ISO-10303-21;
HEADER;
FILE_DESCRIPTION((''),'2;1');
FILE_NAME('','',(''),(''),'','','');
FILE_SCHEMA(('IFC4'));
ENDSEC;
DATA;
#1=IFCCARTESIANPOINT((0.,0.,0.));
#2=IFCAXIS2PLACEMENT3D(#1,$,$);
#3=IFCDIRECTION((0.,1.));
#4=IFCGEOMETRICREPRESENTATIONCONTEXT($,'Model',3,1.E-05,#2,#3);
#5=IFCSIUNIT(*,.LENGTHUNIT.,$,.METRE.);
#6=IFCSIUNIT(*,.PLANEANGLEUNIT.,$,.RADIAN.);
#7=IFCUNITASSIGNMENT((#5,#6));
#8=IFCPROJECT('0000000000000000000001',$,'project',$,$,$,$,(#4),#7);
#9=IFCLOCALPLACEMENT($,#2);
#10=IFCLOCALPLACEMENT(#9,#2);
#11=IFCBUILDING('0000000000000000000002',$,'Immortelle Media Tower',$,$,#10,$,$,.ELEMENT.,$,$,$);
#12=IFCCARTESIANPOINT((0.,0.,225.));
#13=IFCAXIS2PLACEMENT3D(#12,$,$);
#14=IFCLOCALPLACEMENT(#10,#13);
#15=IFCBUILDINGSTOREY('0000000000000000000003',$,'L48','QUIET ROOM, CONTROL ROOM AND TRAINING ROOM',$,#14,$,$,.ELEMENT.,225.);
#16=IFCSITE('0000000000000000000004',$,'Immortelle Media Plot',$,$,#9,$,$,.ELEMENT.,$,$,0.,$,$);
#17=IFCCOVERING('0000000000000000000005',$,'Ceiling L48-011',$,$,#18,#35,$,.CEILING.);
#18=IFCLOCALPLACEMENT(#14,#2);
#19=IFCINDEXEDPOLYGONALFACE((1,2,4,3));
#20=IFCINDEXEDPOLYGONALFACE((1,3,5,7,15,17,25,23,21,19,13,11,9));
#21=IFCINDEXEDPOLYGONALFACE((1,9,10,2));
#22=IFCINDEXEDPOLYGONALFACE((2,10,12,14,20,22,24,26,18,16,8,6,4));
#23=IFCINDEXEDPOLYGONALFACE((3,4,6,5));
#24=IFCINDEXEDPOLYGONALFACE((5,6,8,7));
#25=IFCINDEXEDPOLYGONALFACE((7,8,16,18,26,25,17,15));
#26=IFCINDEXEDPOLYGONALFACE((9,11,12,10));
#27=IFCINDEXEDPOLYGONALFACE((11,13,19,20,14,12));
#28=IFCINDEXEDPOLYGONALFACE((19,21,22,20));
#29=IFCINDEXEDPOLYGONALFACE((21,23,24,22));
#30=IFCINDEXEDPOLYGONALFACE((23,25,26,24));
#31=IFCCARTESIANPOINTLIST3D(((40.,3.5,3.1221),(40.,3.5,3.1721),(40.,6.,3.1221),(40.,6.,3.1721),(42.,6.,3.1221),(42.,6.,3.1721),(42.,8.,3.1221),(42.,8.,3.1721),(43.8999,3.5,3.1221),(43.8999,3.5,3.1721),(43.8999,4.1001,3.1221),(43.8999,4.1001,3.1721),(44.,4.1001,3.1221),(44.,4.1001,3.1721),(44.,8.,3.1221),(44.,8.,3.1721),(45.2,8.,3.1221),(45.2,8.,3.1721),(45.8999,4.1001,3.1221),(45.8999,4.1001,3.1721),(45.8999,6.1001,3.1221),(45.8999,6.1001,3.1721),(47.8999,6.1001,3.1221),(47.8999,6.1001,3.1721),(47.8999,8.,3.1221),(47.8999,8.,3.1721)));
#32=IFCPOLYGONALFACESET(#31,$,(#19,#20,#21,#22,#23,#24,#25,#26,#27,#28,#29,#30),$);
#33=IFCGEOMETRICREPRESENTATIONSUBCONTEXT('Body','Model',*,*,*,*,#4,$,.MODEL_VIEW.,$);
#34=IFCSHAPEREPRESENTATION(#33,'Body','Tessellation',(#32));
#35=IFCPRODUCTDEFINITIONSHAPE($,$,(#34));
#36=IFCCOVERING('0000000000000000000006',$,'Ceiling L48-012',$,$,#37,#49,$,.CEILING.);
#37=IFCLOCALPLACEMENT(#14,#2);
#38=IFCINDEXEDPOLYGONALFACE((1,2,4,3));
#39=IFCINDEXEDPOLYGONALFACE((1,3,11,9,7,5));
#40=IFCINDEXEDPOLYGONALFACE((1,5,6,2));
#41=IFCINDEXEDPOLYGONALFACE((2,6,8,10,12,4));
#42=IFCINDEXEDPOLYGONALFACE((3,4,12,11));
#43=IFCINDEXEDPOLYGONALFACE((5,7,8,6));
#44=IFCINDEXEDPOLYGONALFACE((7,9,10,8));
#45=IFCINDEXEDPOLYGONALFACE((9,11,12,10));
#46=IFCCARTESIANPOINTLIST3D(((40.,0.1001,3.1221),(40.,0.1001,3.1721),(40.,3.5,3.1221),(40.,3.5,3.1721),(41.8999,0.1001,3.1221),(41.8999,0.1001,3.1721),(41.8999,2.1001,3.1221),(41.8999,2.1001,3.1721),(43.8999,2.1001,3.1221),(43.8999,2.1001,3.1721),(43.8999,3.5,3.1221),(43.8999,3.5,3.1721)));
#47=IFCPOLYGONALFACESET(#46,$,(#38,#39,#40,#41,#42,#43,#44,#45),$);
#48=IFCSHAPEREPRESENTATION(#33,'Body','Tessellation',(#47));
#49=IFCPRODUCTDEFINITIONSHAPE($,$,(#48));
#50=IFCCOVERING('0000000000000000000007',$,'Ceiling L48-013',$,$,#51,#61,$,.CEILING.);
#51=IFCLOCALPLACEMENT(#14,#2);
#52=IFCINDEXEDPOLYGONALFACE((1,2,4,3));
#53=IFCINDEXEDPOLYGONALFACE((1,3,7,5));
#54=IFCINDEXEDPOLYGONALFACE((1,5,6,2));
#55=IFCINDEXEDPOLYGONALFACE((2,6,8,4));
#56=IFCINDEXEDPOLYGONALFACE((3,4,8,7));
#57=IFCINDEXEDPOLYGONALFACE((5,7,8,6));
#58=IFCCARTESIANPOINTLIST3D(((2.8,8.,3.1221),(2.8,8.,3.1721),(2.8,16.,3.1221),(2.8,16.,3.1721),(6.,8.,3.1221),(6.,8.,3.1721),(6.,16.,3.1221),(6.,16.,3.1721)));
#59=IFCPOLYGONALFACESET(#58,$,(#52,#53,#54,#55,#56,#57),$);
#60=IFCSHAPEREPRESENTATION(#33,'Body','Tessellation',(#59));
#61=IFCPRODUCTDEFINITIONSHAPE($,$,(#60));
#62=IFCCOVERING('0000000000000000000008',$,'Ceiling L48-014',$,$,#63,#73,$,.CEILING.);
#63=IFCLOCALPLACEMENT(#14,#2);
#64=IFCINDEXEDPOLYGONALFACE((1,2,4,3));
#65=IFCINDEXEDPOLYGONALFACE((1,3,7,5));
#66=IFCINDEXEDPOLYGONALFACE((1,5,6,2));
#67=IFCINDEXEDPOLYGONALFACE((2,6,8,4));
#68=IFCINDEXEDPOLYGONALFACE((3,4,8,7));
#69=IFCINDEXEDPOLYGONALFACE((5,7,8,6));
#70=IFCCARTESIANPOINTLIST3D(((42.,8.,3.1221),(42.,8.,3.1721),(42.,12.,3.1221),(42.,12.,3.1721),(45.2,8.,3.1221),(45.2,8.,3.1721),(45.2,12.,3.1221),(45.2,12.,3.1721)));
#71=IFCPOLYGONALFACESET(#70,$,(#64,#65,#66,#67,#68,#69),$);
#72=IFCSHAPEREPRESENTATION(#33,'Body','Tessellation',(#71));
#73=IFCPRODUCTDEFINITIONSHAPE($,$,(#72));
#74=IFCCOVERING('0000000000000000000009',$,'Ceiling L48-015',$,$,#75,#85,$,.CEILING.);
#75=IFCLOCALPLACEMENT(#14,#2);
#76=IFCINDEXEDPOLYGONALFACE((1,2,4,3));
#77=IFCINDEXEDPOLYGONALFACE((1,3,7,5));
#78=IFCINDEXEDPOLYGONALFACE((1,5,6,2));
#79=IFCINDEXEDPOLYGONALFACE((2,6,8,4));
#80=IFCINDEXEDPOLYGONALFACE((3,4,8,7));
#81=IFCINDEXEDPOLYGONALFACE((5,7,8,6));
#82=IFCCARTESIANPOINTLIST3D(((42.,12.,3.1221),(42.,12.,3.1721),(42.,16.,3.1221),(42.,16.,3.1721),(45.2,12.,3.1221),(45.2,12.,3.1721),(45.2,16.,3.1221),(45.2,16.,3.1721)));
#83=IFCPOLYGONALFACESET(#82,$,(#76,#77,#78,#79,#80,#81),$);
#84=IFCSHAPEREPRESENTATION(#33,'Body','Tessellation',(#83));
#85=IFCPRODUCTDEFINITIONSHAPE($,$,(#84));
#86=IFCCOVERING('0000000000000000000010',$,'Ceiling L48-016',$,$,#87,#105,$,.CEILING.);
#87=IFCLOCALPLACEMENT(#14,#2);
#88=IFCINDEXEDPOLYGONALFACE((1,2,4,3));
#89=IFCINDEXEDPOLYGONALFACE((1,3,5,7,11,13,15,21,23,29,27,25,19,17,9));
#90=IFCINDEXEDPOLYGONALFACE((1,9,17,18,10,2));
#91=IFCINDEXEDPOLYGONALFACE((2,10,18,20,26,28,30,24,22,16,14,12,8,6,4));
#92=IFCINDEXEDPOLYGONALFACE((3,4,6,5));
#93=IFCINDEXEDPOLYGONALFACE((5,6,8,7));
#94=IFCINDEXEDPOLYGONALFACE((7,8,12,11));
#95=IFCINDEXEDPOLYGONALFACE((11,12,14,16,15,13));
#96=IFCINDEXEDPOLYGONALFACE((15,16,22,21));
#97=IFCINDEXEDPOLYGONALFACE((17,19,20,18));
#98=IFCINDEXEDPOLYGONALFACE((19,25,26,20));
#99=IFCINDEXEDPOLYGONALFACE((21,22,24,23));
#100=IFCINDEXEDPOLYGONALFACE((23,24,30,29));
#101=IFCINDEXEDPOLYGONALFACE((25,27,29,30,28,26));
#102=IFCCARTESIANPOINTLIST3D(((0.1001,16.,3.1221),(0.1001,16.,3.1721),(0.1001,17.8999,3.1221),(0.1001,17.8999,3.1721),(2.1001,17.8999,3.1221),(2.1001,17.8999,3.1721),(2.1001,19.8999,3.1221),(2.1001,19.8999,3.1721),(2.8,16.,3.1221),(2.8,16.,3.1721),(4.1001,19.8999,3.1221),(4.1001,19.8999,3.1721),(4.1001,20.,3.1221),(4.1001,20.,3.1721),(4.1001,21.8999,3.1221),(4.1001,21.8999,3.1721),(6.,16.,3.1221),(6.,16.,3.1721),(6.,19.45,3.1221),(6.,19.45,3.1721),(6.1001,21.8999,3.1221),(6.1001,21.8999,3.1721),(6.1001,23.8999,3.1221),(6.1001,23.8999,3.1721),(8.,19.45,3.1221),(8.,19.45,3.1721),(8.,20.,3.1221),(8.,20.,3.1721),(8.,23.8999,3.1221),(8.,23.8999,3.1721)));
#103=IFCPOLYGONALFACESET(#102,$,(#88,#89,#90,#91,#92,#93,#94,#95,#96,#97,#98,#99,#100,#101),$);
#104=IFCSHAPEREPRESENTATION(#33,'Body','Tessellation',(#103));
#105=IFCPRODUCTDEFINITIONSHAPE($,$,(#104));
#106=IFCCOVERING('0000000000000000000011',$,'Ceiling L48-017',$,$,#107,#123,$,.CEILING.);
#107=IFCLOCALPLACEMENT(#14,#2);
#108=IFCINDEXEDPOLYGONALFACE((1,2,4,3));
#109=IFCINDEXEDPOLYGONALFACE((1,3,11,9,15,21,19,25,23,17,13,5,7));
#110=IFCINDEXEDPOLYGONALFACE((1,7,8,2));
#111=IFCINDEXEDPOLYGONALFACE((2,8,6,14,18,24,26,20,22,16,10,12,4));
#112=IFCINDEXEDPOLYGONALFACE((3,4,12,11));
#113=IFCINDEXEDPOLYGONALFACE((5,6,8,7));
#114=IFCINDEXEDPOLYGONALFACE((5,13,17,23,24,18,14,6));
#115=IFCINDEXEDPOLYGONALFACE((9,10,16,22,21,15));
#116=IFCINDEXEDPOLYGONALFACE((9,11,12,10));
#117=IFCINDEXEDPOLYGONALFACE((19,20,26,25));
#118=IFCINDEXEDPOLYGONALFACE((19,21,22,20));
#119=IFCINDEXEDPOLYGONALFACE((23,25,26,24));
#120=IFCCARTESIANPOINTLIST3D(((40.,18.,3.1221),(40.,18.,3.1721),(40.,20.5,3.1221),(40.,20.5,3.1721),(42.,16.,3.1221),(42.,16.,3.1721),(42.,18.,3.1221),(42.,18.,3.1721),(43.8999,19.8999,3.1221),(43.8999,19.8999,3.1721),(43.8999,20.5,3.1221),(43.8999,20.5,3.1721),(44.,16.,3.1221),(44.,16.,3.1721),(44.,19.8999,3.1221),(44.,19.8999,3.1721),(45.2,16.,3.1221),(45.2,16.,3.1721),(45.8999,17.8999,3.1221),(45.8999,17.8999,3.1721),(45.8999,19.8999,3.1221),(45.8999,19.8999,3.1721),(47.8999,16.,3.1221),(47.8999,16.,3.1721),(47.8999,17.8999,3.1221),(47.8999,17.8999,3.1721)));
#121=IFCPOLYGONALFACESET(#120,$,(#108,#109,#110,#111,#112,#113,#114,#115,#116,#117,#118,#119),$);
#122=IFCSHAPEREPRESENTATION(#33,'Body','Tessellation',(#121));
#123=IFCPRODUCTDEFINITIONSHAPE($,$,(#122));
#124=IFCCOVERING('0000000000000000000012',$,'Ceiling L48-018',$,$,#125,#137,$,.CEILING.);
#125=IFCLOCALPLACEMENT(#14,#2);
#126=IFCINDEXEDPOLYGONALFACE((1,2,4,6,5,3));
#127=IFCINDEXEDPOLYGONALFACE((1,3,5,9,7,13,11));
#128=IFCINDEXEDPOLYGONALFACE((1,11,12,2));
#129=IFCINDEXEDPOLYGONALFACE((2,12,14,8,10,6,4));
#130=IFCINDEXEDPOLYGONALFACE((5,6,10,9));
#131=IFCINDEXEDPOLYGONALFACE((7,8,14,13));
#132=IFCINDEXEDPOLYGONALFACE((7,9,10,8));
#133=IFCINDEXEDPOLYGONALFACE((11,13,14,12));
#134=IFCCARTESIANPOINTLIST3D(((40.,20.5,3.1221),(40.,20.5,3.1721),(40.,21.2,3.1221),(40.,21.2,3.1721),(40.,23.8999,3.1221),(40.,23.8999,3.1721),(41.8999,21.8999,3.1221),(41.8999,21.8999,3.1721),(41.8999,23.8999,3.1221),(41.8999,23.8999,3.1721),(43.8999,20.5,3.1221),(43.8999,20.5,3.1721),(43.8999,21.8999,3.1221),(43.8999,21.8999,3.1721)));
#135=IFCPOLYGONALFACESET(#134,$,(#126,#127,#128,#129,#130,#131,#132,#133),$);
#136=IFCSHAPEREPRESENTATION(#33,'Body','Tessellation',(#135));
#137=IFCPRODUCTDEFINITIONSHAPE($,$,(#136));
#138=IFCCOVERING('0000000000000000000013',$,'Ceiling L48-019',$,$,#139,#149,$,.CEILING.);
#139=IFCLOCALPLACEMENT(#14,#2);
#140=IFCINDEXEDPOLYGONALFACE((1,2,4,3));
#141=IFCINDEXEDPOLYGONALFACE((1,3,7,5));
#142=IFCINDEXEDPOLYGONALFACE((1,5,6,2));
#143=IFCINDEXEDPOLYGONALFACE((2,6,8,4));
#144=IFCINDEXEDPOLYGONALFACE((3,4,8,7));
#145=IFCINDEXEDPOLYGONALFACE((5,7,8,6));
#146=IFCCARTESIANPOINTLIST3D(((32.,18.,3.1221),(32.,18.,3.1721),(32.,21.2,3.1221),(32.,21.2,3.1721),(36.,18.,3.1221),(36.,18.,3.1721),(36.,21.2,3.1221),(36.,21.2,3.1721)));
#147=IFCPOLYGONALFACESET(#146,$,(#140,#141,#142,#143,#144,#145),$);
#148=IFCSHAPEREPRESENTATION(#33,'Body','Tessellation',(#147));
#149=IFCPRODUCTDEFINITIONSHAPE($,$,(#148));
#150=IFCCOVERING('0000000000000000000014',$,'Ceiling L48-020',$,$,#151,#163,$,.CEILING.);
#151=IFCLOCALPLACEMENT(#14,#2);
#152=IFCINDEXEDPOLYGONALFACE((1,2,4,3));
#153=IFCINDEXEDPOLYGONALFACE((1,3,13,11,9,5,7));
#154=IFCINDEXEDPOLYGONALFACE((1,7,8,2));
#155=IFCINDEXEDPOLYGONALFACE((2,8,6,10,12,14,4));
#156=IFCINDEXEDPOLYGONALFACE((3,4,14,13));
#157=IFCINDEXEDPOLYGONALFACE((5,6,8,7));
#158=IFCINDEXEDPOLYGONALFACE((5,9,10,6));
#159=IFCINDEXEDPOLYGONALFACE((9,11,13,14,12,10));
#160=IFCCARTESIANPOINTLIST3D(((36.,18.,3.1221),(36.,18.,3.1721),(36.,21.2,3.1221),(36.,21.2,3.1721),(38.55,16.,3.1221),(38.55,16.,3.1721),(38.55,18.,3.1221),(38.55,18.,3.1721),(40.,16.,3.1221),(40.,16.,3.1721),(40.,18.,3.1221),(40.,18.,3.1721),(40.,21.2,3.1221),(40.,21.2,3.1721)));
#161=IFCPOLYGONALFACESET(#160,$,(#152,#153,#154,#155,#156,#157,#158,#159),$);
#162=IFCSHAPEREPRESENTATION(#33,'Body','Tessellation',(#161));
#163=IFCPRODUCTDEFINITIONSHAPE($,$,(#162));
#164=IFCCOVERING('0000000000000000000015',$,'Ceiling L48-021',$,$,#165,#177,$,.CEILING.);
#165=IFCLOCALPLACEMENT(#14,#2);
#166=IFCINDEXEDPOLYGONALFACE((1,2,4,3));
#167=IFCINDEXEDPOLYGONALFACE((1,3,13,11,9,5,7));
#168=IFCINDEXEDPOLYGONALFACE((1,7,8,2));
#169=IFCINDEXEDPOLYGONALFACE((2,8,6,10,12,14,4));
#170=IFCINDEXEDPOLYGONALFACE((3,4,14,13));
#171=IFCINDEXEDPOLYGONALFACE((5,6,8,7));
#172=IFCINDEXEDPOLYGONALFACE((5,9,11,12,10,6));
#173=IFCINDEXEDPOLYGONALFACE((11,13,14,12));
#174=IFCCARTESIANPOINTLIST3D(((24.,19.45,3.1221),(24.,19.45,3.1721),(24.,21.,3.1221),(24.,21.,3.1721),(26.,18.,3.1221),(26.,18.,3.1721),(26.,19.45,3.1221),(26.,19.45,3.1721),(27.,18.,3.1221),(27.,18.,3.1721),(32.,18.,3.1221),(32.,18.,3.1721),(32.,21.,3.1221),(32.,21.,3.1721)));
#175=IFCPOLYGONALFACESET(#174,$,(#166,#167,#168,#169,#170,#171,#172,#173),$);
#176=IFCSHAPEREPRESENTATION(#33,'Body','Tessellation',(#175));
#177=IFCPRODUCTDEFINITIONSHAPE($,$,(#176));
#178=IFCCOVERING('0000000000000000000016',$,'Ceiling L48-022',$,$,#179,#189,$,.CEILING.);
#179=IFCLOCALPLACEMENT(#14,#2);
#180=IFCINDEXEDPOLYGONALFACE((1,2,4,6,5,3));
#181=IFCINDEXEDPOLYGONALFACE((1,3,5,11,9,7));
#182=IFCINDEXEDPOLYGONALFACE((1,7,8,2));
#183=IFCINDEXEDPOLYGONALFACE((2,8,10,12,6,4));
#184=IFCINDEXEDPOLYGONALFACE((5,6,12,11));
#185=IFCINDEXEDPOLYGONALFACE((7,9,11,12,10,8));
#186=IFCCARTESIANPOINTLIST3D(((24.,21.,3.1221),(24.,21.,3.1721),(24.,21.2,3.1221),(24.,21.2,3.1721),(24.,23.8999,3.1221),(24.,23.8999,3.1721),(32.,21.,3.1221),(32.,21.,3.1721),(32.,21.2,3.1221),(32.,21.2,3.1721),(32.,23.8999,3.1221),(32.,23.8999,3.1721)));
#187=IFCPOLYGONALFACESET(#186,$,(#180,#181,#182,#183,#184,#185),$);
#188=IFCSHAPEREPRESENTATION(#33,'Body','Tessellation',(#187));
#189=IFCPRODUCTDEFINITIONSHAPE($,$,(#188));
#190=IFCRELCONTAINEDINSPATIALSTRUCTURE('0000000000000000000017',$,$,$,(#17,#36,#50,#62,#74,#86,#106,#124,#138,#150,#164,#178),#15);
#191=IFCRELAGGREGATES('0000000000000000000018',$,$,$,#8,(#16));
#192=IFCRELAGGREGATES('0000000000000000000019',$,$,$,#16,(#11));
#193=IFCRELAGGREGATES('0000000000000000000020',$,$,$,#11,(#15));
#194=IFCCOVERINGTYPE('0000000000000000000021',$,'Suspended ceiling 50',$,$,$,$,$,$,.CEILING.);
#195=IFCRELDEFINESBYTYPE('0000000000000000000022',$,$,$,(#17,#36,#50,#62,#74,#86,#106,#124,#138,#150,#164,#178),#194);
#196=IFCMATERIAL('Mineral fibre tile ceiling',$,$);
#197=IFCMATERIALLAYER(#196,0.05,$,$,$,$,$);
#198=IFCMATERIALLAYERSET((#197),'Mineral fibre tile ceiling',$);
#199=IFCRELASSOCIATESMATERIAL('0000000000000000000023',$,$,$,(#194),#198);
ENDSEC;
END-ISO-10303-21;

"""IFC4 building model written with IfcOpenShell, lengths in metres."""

from ifc_helpers import new_model, si_unit, direction, frame, origin, place, context, subcontext, project, spatial, polyline, outline, extrude, material, layer, layer_set, type_object, element, save


model = new_model("IFC4")

# Units and contexts
model_context = context("Model", 3, precision=1e-05, world=origin(), true_north=direction((0.0, 1.0)))
body_context = subcontext(model_context, "Body", "Model", "MODEL_VIEW")
ifc_project = project(units=[si_unit("LENGTHUNIT", "METRE"), si_unit("PLANEANGLEUNIT", "RADIAN")], contexts=[model_context])

# Site, building, storey
site_placement = place(None, origin())
site = spatial("IfcSite", under=ifc_project, at=site_placement, Name="Immortelle Media Plot", CompositionType="ELEMENT", RefElevation=0.0)
building_placement = place(site_placement, origin())
building = spatial("IfcBuilding", under=site, at=building_placement, Name="Immortelle Media Tower", CompositionType="ELEMENT")
storey_placement = place(building_placement, frame((0.0, 0.0, 225.0)))
storey = spatial("IfcBuildingStorey", under=building, at=storey_placement, Name="L48", Description="QUIET ROOM, CONTROL ROOM AND TRAINING ROOM", CompositionType="ELEMENT", Elevation=225.0)

# Coverings
ifc_material_1 = material(Name="Mineral fibre tile ceiling")
ifc_layer_1 = layer(ifc_material_1, 0.05)
ifc_layer_set_1 = layer_set([ifc_layer_1], Name="Mineral fibre tile ceiling")
covering_type = type_object("IfcCoveringType", Name="Suspended ceiling 50", PredefinedType="CEILING", material=ifc_layer_set_1)
covering_1_placement = place(storey_placement, frame((0.0, 0.0, 3.1221)))
element("IfcCovering", 1, at=covering_1_placement, inside=storey, type_object=covering_type, Name="Ceiling L48-011", PredefinedType="CEILING", context=body_context, shape_type="SweptSolid", body=[
    extrude(outline(polyline([(40.0, 6.0), (42.0, 6.0), (42.0, 8.0), (44.0, 8.0), (45.2, 8.0), (47.8999, 8.0), (47.8999, 6.1001), (45.8999, 6.1001), (45.8999, 4.1001), (44.0, 4.1001), (43.8999, 4.1001), (43.8999, 3.5), (40.0, 3.5), (40.0, 6.0)])), origin(), (0.0, 0.0, 1.0), 0.05),
])
covering_2_placement = place(storey_placement, frame((0.0, 0.0, 3.1221)))
element("IfcCovering", 2, at=covering_2_placement, inside=storey, type_object=covering_type, Name="Ceiling L48-012", PredefinedType="CEILING", context=body_context, shape_type="SweptSolid", body=[
    extrude(outline(polyline([(41.8999, 2.1001), (41.8999, 0.1001), (40.0, 0.1001), (40.0, 3.5), (43.8999, 3.5), (43.8999, 2.1001), (41.8999, 2.1001)])), origin(), (0.0, 0.0, 1.0), 0.05),
])
covering_3_placement = place(storey_placement, frame((0.0, 0.0, 3.1221)))
element("IfcCovering", 3, at=covering_3_placement, inside=storey, type_object=covering_type, Name="Ceiling L48-013", PredefinedType="CEILING", context=body_context, shape_type="SweptSolid", body=[
    extrude(outline(polyline([(6.0, 8.0), (2.8, 8.0), (2.8, 16.0), (6.0, 16.0), (6.0, 8.0)])), origin(), (0.0, 0.0, 1.0), 0.05),
])
covering_4_placement = place(storey_placement, frame((0.0, 0.0, 3.1221)))
element("IfcCovering", 4, at=covering_4_placement, inside=storey, type_object=covering_type, Name="Ceiling L48-014", PredefinedType="CEILING", context=body_context, shape_type="SweptSolid", body=[
    extrude(outline(polyline([(42.0, 8.0), (42.0, 12.0), (45.2, 12.0), (45.2, 8.0), (42.0, 8.0)])), origin(), (0.0, 0.0, 1.0), 0.05),
])
covering_5_placement = place(storey_placement, frame((0.0, 0.0, 3.1221)))
element("IfcCovering", 5, at=covering_5_placement, inside=storey, type_object=covering_type, Name="Ceiling L48-015", PredefinedType="CEILING", context=body_context, shape_type="SweptSolid", body=[
    extrude(outline(polyline([(42.0, 16.0), (45.2, 16.0), (45.2, 12.0), (42.0, 12.0), (42.0, 16.0)])), origin(), (0.0, 0.0, 1.0), 0.05),
])
covering_6_placement = place(storey_placement, frame((0.0, 0.0, 3.1221)))
element("IfcCovering", 6, at=covering_6_placement, inside=storey, type_object=covering_type, Name="Ceiling L48-016", PredefinedType="CEILING", context=body_context, shape_type="SweptSolid", body=[
    extrude(outline(polyline([(2.8, 16.0), (0.1001, 16.0), (0.1001, 17.8999), (2.1001, 17.8999), (2.1001, 19.8999), (4.1001, 19.8999), (4.1001, 20.0), (4.1001, 21.8999), (6.1001, 21.8999), (6.1001, 23.8999), (8.0, 23.8999), (8.0, 20.0), (8.0, 19.45), (6.0, 19.45), (6.0, 16.0), (2.8, 16.0)])), origin(), (0.0, 0.0, 1.0), 0.05),
])
covering_7_placement = place(storey_placement, frame((0.0, 0.0, 3.1221)))
element("IfcCovering", 7, at=covering_7_placement, inside=storey, type_object=covering_type, Name="Ceiling L48-017", PredefinedType="CEILING", context=body_context, shape_type="SweptSolid", body=[
    extrude(outline(polyline([(45.8999, 17.8999), (47.8999, 17.8999), (47.8999, 16.0), (45.2, 16.0), (44.0, 16.0), (42.0, 16.0), (42.0, 18.0), (40.0, 18.0), (40.0, 20.5), (43.8999, 20.5), (43.8999, 19.8999), (44.0, 19.8999), (45.8999, 19.8999), (45.8999, 17.8999)])), origin(), (0.0, 0.0, 1.0), 0.05),
])
covering_8_placement = place(storey_placement, frame((0.0, 0.0, 3.1221)))
element("IfcCovering", 8, at=covering_8_placement, inside=storey, type_object=covering_type, Name="Ceiling L48-018", PredefinedType="CEILING", context=body_context, shape_type="SweptSolid", body=[
    extrude(outline(polyline([(40.0, 21.2), (40.0, 23.8999), (41.8999, 23.8999), (41.8999, 21.8999), (43.8999, 21.8999), (43.8999, 20.5), (40.0, 20.5), (40.0, 21.2)])), origin(), (0.0, 0.0, 1.0), 0.05),
])
covering_9_placement = place(storey_placement, frame((0.0, 0.0, 3.1221)))
element("IfcCovering", 9, at=covering_9_placement, inside=storey, type_object=covering_type, Name="Ceiling L48-019", PredefinedType="CEILING", context=body_context, shape_type="SweptSolid", body=[
    extrude(outline(polyline([(32.0, 18.0), (32.0, 21.2), (36.0, 21.2), (36.0, 18.0), (32.0, 18.0)])), origin(), (0.0, 0.0, 1.0), 0.05),
])
covering_10_placement = place(storey_placement, frame((0.0, 0.0, 3.1221)))
element("IfcCovering", 10, at=covering_10_placement, inside=storey, type_object=covering_type, Name="Ceiling L48-020", PredefinedType="CEILING", context=body_context, shape_type="SweptSolid", body=[
    extrude(outline(polyline([(38.55, 18.0), (36.0, 18.0), (36.0, 21.2), (40.0, 21.2), (40.0, 18.0), (40.0, 16.0), (38.55, 16.0), (38.55, 18.0)])), origin(), (0.0, 0.0, 1.0), 0.05),
])
covering_11_placement = place(storey_placement, frame((0.0, 0.0, 3.1221)))
element("IfcCovering", 11, at=covering_11_placement, inside=storey, type_object=covering_type, Name="Ceiling L48-021", PredefinedType="CEILING", context=body_context, shape_type="SweptSolid", body=[
    extrude(outline(polyline([(26.0, 18.0), (26.0, 19.45), (24.0, 19.45), (24.0, 21.0), (32.0, 21.0), (32.0, 18.0), (27.0, 18.0), (26.0, 18.0)])), origin(), (0.0, 0.0, 1.0), 0.05),
])
covering_12_placement = place(storey_placement, frame((0.0, 0.0, 3.1221)))
element("IfcCovering", 12, at=covering_12_placement, inside=storey, type_object=covering_type, Name="Ceiling L48-022", PredefinedType="CEILING", context=body_context, shape_type="SweptSolid", body=[
    extrude(outline(polyline([(24.0, 21.2), (24.0, 23.8999), (32.0, 23.8999), (32.0, 21.2), (32.0, 21.0), (24.0, 21.0), (24.0, 21.2)])), origin(), (0.0, 0.0, 1.0), 0.05),
])

save(model, "model.ifc")
